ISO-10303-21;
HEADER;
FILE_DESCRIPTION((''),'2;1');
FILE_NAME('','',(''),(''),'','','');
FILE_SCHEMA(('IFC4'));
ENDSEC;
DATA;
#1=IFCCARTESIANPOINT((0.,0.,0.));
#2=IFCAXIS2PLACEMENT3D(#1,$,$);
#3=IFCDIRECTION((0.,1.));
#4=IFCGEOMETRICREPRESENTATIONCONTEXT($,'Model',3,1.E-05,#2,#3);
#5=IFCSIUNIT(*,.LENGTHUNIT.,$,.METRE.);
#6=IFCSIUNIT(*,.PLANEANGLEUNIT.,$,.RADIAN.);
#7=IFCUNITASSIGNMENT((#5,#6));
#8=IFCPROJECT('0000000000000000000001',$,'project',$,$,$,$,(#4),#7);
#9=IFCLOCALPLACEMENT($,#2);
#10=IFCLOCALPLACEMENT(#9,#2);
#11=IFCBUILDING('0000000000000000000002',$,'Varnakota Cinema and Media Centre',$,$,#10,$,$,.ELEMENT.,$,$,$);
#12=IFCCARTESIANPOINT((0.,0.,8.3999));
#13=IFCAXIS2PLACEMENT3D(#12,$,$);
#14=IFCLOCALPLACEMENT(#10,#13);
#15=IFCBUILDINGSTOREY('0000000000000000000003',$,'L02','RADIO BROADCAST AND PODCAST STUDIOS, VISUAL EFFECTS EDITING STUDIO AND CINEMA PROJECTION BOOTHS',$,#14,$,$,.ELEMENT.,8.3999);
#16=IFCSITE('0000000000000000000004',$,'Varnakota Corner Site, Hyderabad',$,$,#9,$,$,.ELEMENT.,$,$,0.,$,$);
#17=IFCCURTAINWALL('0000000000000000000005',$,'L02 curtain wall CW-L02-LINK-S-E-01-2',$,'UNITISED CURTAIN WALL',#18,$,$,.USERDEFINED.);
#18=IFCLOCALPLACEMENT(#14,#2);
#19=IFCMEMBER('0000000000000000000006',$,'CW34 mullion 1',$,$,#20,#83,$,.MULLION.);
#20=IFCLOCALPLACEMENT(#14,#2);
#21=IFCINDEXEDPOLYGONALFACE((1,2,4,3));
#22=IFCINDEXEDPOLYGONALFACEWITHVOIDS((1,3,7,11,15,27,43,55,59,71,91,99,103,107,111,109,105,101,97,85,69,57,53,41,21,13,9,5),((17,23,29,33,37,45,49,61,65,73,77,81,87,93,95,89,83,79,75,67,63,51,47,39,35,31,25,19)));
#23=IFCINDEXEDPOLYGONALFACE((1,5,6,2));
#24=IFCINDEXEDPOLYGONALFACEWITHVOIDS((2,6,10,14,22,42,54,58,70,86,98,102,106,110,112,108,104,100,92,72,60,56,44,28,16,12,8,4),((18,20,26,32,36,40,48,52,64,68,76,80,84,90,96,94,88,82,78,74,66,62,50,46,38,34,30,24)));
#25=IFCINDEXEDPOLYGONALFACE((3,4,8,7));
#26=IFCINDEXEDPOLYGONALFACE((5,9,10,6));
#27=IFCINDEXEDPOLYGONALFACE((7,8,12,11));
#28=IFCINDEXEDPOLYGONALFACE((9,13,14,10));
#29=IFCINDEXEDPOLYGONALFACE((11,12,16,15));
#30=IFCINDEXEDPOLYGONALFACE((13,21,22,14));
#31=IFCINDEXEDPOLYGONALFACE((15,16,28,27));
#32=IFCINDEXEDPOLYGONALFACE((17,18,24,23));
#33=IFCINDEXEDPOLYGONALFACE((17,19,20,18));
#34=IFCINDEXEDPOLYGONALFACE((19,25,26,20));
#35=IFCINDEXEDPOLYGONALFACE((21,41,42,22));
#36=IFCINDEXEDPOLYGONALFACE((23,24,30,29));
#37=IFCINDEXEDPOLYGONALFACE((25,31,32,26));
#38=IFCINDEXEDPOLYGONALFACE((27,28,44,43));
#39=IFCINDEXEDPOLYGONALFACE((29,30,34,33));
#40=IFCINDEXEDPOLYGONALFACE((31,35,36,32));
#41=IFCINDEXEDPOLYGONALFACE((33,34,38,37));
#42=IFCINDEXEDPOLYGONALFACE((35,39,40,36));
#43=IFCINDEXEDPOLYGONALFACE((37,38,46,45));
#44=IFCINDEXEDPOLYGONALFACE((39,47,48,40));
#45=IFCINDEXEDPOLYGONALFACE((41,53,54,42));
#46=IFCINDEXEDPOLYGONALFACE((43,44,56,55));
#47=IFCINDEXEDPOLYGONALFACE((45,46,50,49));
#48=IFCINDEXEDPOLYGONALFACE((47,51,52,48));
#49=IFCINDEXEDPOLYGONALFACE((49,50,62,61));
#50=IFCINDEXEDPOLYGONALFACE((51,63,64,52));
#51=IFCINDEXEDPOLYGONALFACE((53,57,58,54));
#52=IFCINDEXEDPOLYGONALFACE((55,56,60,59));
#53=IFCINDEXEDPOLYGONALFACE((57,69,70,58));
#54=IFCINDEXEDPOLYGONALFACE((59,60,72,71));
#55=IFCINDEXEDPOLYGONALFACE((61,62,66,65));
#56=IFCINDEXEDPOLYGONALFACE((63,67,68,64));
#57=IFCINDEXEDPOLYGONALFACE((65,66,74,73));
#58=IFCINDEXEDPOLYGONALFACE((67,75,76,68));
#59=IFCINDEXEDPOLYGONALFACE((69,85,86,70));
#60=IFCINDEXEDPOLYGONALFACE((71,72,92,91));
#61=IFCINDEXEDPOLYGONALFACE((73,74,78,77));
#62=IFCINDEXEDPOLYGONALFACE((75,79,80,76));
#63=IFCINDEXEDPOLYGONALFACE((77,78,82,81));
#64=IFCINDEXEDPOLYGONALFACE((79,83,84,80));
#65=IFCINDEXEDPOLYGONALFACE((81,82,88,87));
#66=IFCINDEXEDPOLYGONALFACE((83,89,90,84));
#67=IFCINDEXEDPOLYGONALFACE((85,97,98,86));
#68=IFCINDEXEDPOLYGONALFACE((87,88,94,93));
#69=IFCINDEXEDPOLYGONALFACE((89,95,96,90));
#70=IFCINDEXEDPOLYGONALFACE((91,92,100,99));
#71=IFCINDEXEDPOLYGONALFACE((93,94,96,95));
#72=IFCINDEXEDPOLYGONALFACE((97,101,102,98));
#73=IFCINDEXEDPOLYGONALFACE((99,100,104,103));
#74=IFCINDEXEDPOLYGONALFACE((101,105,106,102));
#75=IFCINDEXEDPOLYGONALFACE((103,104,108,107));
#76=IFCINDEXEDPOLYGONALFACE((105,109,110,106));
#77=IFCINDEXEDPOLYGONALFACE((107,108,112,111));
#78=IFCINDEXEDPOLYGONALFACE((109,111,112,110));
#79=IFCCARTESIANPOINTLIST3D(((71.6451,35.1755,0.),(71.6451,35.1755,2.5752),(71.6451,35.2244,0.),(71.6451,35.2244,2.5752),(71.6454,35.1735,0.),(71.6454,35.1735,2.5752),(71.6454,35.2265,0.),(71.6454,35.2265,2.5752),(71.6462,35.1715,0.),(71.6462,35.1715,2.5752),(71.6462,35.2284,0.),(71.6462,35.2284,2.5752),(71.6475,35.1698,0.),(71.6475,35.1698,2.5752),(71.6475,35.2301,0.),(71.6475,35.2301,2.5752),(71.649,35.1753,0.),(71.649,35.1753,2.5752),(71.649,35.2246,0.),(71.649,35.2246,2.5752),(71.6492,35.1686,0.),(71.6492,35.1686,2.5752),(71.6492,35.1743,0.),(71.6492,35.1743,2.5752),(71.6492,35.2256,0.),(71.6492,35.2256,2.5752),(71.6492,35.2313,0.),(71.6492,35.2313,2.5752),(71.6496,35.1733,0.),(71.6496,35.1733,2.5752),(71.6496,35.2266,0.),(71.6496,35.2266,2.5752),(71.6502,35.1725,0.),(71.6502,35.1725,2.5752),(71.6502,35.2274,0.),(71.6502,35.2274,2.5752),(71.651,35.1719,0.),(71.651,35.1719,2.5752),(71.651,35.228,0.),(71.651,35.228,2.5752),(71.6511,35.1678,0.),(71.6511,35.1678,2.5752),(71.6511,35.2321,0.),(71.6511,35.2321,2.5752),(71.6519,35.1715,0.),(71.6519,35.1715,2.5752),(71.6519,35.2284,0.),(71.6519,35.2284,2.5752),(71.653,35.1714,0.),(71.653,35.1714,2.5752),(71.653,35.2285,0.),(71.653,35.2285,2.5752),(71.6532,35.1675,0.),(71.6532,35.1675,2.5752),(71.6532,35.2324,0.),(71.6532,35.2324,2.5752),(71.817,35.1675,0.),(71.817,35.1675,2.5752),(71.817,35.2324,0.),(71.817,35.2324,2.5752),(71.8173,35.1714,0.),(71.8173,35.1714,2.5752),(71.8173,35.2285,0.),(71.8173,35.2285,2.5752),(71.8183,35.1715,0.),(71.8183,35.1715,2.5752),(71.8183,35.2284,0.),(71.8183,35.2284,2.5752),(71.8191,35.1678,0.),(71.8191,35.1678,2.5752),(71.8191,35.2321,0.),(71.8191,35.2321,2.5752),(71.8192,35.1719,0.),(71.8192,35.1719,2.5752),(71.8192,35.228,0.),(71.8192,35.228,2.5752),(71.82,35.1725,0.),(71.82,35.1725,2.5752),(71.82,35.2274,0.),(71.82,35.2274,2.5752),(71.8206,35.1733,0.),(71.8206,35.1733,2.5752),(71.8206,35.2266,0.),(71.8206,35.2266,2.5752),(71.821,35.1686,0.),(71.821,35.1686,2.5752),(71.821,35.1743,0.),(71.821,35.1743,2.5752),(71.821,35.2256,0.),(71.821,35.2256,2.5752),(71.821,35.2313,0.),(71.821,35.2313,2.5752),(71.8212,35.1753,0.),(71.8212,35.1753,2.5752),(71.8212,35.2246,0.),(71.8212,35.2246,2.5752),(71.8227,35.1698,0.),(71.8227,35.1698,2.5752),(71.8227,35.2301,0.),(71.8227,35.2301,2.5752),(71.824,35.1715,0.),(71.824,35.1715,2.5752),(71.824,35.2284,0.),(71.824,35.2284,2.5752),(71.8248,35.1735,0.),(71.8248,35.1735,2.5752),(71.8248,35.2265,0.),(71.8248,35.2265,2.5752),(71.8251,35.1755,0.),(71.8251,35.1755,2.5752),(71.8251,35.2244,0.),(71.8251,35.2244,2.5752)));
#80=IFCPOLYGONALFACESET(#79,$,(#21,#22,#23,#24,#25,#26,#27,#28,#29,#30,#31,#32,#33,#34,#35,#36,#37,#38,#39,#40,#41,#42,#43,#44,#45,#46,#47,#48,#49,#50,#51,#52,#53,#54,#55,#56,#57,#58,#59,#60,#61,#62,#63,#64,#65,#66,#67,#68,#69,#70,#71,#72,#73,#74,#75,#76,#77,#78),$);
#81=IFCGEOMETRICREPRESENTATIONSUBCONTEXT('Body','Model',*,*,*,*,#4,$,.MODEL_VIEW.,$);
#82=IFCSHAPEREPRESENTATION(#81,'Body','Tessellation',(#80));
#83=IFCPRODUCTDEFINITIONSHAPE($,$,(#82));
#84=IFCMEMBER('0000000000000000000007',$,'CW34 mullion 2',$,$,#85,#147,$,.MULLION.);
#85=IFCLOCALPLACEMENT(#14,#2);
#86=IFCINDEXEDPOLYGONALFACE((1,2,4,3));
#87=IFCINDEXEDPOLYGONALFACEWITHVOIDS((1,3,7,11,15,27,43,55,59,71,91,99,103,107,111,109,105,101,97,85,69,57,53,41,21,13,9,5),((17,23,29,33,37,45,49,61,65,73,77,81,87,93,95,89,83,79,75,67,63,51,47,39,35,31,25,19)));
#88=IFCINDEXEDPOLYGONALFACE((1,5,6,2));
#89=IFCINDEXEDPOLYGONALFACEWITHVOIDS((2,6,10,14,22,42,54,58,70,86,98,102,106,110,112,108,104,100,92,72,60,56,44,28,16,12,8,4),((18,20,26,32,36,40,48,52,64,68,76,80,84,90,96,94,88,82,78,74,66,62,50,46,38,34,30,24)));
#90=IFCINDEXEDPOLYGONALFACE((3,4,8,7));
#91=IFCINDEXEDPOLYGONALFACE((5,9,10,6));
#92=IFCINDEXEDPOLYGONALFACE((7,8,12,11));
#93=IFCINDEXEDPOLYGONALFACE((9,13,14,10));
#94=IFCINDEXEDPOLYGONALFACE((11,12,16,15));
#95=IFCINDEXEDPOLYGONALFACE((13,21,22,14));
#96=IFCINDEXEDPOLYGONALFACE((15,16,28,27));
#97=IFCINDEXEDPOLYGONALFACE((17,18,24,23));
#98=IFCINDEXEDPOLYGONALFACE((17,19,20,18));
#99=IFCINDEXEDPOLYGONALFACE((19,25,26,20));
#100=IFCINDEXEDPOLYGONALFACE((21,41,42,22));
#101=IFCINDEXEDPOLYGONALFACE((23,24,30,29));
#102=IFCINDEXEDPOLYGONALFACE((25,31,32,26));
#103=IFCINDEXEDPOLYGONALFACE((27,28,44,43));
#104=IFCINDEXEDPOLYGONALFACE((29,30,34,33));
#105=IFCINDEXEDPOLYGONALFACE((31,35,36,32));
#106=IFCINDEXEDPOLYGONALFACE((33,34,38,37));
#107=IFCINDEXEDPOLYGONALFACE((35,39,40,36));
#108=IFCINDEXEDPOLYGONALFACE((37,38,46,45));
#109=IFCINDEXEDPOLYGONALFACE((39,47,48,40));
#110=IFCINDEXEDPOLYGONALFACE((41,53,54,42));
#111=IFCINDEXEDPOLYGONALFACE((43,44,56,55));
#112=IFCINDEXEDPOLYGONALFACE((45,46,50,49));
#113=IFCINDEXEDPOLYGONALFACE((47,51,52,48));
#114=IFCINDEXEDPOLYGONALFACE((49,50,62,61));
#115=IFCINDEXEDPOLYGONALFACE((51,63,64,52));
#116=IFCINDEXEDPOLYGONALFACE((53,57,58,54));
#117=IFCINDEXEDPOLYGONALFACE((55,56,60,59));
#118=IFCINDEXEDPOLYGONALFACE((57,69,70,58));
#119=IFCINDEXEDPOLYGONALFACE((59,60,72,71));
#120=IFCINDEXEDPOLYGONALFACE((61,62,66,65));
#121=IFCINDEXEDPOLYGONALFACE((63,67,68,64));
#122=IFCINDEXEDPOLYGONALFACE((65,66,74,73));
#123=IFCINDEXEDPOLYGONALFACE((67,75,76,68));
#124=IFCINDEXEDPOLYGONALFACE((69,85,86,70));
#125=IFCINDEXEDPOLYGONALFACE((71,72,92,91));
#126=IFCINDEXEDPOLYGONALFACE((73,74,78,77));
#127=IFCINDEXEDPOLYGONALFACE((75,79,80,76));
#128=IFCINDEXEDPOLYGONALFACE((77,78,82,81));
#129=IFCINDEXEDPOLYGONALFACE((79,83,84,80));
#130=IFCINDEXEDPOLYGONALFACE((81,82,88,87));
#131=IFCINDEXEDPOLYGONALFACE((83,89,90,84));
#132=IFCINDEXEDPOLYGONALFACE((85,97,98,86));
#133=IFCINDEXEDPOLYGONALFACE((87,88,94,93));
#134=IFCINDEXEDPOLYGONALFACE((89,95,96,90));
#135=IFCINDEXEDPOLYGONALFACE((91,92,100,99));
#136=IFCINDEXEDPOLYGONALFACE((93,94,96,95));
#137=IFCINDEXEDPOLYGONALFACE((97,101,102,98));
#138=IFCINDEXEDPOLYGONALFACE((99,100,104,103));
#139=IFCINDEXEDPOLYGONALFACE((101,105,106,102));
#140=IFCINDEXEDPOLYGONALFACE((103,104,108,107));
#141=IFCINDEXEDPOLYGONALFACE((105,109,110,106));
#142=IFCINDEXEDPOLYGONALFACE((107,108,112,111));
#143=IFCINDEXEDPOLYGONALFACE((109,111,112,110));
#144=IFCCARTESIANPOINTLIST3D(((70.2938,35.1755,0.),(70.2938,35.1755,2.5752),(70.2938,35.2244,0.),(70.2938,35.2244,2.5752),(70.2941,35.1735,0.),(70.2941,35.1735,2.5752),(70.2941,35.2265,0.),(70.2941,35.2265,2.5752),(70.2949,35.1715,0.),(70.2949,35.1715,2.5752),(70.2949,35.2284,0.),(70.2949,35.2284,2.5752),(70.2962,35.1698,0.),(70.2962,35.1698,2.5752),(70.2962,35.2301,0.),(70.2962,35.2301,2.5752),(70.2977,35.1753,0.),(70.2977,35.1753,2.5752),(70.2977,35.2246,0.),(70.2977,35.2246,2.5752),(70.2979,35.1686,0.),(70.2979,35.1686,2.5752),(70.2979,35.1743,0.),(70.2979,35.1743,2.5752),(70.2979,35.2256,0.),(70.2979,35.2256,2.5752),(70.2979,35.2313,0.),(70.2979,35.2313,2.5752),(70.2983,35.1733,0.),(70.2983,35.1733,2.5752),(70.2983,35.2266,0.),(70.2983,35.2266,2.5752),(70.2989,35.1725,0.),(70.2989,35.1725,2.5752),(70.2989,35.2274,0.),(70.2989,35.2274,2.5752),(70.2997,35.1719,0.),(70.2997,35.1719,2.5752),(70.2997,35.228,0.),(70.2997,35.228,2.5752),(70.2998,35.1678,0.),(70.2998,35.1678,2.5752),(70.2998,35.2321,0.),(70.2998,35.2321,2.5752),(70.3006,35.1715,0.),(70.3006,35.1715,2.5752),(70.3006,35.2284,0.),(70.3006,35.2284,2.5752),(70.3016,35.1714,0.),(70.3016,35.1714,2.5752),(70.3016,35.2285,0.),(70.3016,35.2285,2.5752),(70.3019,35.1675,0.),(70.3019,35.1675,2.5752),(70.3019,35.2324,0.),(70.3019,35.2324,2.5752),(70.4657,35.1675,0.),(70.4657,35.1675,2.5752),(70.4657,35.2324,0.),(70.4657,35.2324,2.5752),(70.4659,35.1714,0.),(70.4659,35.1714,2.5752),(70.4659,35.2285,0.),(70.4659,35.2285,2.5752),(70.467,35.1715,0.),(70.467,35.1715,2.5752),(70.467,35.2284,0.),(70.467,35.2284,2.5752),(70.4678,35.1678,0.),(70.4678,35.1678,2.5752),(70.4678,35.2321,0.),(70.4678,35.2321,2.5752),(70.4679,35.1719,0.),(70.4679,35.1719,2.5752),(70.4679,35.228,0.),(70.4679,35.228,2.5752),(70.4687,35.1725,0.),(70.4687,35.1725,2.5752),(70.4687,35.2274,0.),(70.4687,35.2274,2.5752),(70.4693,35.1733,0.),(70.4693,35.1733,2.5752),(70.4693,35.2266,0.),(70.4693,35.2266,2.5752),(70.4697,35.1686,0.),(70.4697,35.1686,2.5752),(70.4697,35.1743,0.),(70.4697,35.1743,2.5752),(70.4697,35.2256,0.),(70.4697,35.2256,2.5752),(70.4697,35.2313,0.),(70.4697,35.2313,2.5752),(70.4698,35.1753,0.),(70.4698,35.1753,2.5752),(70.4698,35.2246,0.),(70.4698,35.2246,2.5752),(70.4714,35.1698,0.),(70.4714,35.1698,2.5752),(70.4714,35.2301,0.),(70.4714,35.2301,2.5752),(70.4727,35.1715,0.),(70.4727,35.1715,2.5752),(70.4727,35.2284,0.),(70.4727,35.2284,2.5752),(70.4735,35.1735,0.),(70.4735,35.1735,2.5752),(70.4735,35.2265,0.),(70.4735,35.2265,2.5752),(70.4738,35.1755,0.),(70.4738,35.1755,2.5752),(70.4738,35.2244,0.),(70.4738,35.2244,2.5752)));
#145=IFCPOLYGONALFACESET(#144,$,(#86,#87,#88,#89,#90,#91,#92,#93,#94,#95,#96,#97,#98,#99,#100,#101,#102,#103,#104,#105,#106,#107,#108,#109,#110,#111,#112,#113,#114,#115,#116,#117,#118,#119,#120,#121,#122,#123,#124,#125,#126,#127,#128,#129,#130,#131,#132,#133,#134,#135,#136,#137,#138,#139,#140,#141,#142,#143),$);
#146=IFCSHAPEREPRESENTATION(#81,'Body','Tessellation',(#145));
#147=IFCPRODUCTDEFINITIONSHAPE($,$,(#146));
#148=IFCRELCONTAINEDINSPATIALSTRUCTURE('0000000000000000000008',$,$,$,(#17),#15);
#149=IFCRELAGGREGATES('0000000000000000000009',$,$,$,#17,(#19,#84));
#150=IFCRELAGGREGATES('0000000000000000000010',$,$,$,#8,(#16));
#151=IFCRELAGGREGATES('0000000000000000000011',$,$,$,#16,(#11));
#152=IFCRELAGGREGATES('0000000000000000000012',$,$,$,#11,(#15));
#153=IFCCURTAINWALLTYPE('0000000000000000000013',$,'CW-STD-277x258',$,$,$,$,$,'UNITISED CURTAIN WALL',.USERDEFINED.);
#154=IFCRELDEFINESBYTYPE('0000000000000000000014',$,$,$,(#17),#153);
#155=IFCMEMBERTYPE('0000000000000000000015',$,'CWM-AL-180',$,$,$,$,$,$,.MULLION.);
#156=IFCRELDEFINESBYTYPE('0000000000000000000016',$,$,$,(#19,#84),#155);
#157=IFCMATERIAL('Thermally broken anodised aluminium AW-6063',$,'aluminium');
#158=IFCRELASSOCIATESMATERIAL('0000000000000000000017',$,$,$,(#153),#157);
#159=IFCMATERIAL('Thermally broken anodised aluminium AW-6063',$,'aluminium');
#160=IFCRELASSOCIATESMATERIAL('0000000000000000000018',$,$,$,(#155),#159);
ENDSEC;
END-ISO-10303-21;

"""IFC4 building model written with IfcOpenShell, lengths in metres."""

from ifc_helpers import new_model, si_unit, direction, frame, origin, origin_2d, place, context, subcontext, project, spatial, hollow_rectangle, extrude, material, material_profile, profile_set, type_object, element, aggregate, save


model = new_model("IFC4")

# Units and contexts
model_context = context("Model", 3, precision=1e-05, world=origin(), true_north=direction((0.0, 1.0)))
body_context = subcontext(model_context, "Body", "Model", "MODEL_VIEW")
ifc_project = project(units=[si_unit("LENGTHUNIT", "METRE"), si_unit("PLANEANGLEUNIT", "RADIAN")], contexts=[model_context])

# Site, building, storey
site_placement = place(None, origin())
site = spatial("IfcSite", under=ifc_project, at=site_placement, Name="Varnakota Corner Site, Hyderabad", CompositionType="ELEMENT", RefElevation=0.0)
building_placement = place(site_placement, origin())
building = spatial("IfcBuilding", under=site, at=building_placement, Name="Varnakota Cinema and Media Centre", CompositionType="ELEMENT")
storey_placement = place(building_placement, frame((0.0, 0.0, 8.3999)))
storey = spatial("IfcBuildingStorey", under=building, at=storey_placement, Name="L02", Description="RADIO BROADCAST AND PODCAST STUDIOS, VISUAL EFFECTS EDITING STUDIO AND CINEMA PROJECTION BOOTHS", CompositionType="ELEMENT", Elevation=8.3999)

# Curtain wall, members
ifc_material_1 = material(Name="Thermally broken anodised aluminium AW-6063", Category="aluminium")
curtain_wall_type = type_object("IfcCurtainWallType", Name="CW-STD-277x258", ElementType="UNITISED CURTAIN WALL", PredefinedType="USERDEFINED", material=ifc_material_1)
ifc_material_2 = material(Name="Thermally broken anodised aluminium AW-6063", Category="aluminium")
ifc_material_profile_1 = material_profile(ifc_material_2, hollow_rectangle(XDim=0.0649, YDim=0.1799, WallThickness=0.0039, InnerFilletRadius=0.0039, OuterFilletRadius=0.0081, at=origin_2d()), Name="AL-MULLION 180x65x4")
ifc_profile_set_1 = profile_set([ifc_material_profile_1], Name="Thermally broken anodised aluminium AW-6063")
member_type_1 = type_object("IfcMemberType", Name="CWM-AL-180", PredefinedType="MULLION", material=ifc_profile_set_1)
curtain_wall_1_placement = place(storey_placement, origin())
curtain_wall_1 = element("IfcCurtainWall", 1, at=curtain_wall_1_placement, inside=storey, type_object=curtain_wall_type, Name="L02 curtain wall CW-L02-LINK-S-E-01-2", ObjectType="UNITISED CURTAIN WALL", PredefinedType="USERDEFINED")
member_1_placement = place(storey_placement, frame((71.7351, 35.2, 0.0), z_axis=(0.0, 0.0, 1.0), x_axis=(0.0, -1.0, 0.0)))
member_1 = element("IfcMember", 2, at=member_1_placement, type_object=member_type_1, Name="CW34 mullion 1", PredefinedType="MULLION", context=body_context, shape_type="SweptSolid", body=[
    extrude(hollow_rectangle(XDim=0.0649, YDim=0.1799, WallThickness=0.0039, InnerFilletRadius=0.0039, OuterFilletRadius=0.0081, at=origin_2d()), origin(), (0.0, 0.0, 1.0), 2.5752),
])
member_2_placement = place(storey_placement, frame((70.3838, 35.2, 0.0), z_axis=(0.0, 0.0, 1.0), x_axis=(0.0, -1.0, 0.0)))
member_2 = element("IfcMember", 3, at=member_2_placement, type_object=member_type_1, Name="CW34 mullion 2", PredefinedType="MULLION", context=body_context, shape_type="SweptSolid", body=[
    extrude(hollow_rectangle(XDim=0.0649, YDim=0.1799, WallThickness=0.0039, InnerFilletRadius=0.0039, OuterFilletRadius=0.0081, at=origin_2d()), origin(), (0.0, 0.0, 1.0), 2.5752),
])

aggregate(curtain_wall_1, [member_1, member_2])

save(model, "model.ifc")
